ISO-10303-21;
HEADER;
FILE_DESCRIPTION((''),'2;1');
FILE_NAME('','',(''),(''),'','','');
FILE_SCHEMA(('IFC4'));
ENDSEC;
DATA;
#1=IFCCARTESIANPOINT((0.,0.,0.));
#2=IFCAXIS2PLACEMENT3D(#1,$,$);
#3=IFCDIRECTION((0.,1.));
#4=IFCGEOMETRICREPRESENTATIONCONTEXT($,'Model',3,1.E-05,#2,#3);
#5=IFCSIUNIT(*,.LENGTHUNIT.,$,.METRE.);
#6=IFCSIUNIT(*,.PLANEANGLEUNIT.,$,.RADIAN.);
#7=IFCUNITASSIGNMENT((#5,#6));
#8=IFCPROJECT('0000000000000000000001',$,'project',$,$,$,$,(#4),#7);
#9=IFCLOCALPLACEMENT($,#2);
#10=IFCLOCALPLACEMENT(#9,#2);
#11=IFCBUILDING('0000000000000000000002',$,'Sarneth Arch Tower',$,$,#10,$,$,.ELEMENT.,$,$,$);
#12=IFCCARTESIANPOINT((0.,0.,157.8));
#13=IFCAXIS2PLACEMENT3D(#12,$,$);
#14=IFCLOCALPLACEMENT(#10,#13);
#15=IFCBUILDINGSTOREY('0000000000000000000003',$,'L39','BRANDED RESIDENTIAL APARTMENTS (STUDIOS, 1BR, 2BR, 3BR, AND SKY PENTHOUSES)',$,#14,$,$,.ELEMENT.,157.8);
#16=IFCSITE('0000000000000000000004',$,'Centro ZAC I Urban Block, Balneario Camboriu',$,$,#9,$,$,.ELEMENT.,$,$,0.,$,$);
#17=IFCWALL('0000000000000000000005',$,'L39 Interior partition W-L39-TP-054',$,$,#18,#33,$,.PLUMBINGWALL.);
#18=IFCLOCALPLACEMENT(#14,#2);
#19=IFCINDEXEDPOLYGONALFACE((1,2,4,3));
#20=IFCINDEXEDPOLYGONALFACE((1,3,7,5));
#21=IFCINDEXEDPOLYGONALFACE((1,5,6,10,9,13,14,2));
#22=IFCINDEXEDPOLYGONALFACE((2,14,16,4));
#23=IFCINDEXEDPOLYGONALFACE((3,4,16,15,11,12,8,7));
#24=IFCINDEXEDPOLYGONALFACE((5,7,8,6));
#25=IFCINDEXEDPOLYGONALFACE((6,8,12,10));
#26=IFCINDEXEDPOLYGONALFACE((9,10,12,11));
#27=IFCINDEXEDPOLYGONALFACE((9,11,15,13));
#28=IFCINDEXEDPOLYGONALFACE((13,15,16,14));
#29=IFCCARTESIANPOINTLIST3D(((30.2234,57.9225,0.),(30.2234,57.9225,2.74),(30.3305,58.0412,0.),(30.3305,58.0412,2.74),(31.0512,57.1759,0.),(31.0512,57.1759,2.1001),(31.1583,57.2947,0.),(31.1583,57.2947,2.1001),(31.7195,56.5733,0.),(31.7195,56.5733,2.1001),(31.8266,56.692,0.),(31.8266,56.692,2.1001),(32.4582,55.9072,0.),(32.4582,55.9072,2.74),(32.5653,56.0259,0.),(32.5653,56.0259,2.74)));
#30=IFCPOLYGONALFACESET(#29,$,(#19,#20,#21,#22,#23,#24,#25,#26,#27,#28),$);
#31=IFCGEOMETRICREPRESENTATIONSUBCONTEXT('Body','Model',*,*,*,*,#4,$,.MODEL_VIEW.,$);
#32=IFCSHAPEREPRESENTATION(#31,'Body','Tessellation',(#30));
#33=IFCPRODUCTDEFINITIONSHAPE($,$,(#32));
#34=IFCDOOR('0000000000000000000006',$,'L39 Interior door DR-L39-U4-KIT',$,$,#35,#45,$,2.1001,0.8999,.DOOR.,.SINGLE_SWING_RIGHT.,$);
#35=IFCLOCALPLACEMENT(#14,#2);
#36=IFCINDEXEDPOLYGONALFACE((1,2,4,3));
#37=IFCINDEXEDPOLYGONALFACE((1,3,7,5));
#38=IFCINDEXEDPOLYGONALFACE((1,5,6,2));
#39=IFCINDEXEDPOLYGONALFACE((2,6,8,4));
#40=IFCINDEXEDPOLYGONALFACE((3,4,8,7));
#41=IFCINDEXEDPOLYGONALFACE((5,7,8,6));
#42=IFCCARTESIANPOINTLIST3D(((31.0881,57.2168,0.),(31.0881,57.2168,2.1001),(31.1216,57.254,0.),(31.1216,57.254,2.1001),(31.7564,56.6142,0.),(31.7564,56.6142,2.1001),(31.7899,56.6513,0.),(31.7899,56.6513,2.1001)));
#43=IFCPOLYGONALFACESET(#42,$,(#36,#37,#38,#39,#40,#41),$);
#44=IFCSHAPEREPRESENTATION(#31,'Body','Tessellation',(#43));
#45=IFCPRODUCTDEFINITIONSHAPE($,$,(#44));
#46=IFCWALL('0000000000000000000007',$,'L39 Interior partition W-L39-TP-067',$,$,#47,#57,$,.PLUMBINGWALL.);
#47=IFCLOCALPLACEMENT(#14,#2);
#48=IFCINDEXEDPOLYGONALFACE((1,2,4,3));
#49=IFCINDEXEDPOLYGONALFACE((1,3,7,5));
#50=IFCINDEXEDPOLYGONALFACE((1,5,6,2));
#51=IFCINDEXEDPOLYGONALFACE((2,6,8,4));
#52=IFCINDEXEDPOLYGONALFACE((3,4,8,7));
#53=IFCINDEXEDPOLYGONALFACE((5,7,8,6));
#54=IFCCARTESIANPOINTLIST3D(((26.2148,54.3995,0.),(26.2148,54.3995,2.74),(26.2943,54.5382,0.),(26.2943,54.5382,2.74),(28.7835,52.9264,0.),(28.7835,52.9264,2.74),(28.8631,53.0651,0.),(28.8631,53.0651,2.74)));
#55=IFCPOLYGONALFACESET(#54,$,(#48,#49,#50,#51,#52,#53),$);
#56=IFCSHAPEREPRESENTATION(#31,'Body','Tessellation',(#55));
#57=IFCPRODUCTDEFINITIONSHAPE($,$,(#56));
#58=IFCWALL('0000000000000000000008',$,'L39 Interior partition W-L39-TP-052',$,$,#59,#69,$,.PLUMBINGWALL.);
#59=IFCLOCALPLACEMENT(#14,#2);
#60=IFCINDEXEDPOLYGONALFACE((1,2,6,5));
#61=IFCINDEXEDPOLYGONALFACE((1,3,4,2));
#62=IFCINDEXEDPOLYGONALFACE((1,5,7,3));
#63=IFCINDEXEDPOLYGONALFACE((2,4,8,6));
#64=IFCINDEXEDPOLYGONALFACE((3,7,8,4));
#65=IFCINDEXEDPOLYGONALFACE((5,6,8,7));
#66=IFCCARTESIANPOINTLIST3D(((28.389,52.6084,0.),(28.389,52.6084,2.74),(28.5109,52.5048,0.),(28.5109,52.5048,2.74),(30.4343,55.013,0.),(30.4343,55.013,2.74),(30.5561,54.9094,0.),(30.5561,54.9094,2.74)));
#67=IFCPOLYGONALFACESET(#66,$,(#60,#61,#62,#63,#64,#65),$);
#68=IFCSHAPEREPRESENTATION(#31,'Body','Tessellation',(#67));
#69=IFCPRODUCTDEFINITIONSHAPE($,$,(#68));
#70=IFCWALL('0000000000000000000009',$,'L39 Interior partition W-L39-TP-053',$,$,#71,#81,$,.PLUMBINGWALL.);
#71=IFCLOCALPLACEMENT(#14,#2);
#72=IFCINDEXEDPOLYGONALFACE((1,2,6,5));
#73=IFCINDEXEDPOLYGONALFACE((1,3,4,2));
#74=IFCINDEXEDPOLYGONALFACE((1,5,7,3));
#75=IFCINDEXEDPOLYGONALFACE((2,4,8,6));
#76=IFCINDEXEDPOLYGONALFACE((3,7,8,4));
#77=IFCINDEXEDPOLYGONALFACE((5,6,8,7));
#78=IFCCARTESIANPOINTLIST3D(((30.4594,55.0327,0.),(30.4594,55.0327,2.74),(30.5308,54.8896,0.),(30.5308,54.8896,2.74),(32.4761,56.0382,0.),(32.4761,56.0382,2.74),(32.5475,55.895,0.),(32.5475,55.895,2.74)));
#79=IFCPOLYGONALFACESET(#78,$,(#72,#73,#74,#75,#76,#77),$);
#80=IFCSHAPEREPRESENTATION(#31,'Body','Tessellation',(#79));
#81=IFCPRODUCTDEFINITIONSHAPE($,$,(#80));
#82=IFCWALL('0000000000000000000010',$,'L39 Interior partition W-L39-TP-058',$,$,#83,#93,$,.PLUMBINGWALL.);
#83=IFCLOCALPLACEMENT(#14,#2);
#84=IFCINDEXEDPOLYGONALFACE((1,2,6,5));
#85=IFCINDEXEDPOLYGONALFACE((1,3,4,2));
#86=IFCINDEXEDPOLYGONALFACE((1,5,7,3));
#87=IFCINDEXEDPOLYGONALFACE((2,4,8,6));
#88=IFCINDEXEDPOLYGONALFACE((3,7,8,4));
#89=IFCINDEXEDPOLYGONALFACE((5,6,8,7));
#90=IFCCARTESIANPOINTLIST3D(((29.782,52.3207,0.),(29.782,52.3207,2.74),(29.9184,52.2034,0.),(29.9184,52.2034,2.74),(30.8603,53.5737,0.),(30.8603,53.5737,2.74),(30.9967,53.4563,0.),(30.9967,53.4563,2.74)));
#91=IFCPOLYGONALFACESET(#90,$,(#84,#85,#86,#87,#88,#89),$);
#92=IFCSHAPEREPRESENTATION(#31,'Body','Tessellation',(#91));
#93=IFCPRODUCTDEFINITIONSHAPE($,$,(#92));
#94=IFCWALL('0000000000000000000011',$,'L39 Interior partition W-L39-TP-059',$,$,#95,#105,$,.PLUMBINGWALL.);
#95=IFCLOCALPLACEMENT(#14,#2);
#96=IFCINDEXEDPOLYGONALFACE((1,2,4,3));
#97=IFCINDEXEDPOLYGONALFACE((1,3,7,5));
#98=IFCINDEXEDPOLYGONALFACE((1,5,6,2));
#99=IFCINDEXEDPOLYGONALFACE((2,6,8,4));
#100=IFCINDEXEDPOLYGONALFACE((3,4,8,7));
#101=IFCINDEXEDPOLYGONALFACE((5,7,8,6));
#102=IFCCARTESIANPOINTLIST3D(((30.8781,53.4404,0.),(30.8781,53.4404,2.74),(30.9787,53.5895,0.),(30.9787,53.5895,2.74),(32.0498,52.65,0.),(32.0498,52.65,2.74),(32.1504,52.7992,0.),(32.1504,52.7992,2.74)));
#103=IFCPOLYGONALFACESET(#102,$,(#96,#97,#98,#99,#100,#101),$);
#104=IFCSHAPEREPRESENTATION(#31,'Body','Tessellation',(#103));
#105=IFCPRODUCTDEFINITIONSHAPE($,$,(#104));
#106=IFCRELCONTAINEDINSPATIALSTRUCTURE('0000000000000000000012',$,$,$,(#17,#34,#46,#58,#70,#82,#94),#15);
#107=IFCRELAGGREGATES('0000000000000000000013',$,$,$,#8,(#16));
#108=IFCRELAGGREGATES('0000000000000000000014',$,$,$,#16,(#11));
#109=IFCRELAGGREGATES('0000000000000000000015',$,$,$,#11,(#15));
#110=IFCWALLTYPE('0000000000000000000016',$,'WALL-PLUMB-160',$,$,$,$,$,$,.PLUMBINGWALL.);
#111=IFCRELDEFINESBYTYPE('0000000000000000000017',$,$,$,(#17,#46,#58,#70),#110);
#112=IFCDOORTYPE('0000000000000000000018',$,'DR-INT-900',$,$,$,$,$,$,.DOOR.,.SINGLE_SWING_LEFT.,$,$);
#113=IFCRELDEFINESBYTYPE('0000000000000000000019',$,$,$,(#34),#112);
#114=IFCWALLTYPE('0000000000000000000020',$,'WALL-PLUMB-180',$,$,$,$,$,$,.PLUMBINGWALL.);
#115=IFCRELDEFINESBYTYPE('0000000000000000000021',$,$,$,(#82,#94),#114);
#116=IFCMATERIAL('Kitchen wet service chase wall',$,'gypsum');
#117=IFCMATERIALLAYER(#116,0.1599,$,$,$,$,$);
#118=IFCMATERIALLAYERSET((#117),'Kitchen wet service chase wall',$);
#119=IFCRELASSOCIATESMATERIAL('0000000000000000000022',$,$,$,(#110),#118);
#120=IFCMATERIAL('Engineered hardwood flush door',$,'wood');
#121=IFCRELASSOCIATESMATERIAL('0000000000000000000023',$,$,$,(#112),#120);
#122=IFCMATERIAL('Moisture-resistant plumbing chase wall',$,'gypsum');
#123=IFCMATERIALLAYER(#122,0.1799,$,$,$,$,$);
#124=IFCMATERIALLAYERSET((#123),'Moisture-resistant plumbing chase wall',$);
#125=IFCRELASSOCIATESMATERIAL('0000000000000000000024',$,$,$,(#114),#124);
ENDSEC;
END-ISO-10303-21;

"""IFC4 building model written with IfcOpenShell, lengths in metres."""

from ifc_helpers import new_model, si_unit, direction, frame, frame_2d, origin, place, context, subcontext, project, spatial, rectangle, extrude, material, layer, layer_set, type_object, element, fill, save


model = new_model("IFC4")

# Units and contexts
model_context = context("Model", 3, precision=1e-05, world=origin(), true_north=direction((0.0, 1.0)))
body_context = subcontext(model_context, "Body", "Model", "MODEL_VIEW")
ifc_project = project(units=[si_unit("LENGTHUNIT", "METRE"), si_unit("PLANEANGLEUNIT", "RADIAN")], contexts=[model_context])

# Site, building, storey
site_placement = place(None, origin())
site = spatial("IfcSite", under=ifc_project, at=site_placement, Name="Centro ZAC I Urban Block, Balneario Camboriu", CompositionType="ELEMENT", RefElevation=0.0)
building_placement = place(site_placement, origin())
building = spatial("IfcBuilding", under=site, at=building_placement, Name="Sarneth Arch Tower", CompositionType="ELEMENT")
storey_placement = place(building_placement, frame((0.0, 0.0, 157.8)))
storey = spatial("IfcBuildingStorey", under=building, at=storey_placement, Name="L39", Description="BRANDED RESIDENTIAL APARTMENTS (STUDIOS, 1BR, 2BR, 3BR, AND SKY PENTHOUSES)", CompositionType="ELEMENT", Elevation=157.8)

# Wall, opening, door
ifc_material_1 = material(Name="Kitchen wet service chase wall", Category="gypsum")
ifc_layer_1 = layer(ifc_material_1, 0.1599)
ifc_layer_set_1 = layer_set([ifc_layer_1], Name="Kitchen wet service chase wall")
wall_type_1 = type_object("IfcWallType", Name="WALL-PLUMB-160", PredefinedType="PLUMBINGWALL", material=ifc_layer_set_1)
wall_1_placement = place(storey_placement, frame((32.5117, 55.9666, 0.0), z_axis=(0.0, 0.0, 1.0), x_axis=(-0.742632, 0.669699, 0.0)))
wall_1 = element("IfcWall", 1, at=wall_1_placement, inside=storey, type_object=wall_type_1, Name="L39 Interior partition W-L39-TP-054", PredefinedType="PLUMBINGWALL", context=body_context, shape_type="SweptSolid", body=[
    extrude(rectangle(XDim=3.0093, YDim=0.1599, at=frame_2d((1.5046, 0.0))), origin(), (0.0, 0.0, 1.0), 2.74),
])
opening_1_placement = place(wall_1_placement, frame((0.9946, 0.0, 0.0)))
opening_1 = element("IfcOpeningElement", 2, at=opening_1_placement, cuts=wall_1, PredefinedType="OPENING", context=body_context, shape_type="SweptSolid", body=[
    extrude(rectangle(XDim=0.8999, YDim=2.1001, at=frame_2d((0.45, 1.05))), frame((0.0, 0.0898, 0.0), z_axis=(0.0, -1.0, 0.0), x_axis=(1.0, 0.0, 0.0)), (0.0, 0.0, 1.0), 0.1799),
])
ifc_material_2 = material(Name="Engineered hardwood flush door", Category="wood")
door_type_1 = type_object("IfcDoorType", Name="DR-INT-900", OperationType="SINGLE_SWING_LEFT", PredefinedType="DOOR", material=ifc_material_2)
door_1_placement = place(opening_1_placement, origin())
door_1 = element("IfcDoor", 3, at=door_1_placement, inside=storey, type_object=door_type_1, Name="L39 Interior door DR-L39-U4-KIT", OperationType="SINGLE_SWING_RIGHT", OverallHeight=2.1001, OverallWidth=0.8999, PredefinedType="DOOR", context=body_context, shape_type="SweptSolid", body=[
    extrude(rectangle(XDim=0.8999, YDim=2.1001, at=frame_2d((0.45, 1.05))), frame((0.0, 0.0249, 0.0), z_axis=(0.0, -1.0, 0.0), x_axis=(1.0, 0.0, 0.0)), (0.0, 0.0, 1.0), 0.05),
])
fill(opening_1, door_1)

# Walls
wall_2_placement = place(storey_placement, frame((26.2546, 54.4688, 0.0), z_axis=(0.0, 0.0, 1.0), x_axis=(0.867481, -0.49747, 0.0)))
element("IfcWall", 4, at=wall_2_placement, inside=storey, type_object=wall_type_1, Name="L39 Interior partition W-L39-TP-067", PredefinedType="PLUMBINGWALL", context=body_context, shape_type="SweptSolid", body=[
    extrude(rectangle(XDim=2.9612, YDim=0.1599, at=frame_2d((1.4805, 0.0))), origin(), (0.0, 0.0, 1.0), 2.74),
])
wall_3_placement = place(storey_placement, frame((28.45, 52.5566, 0.0), z_axis=(0.0, 0.0, 1.0), x_axis=(0.647889, 0.761735, 0.0)))
element("IfcWall", 5, at=wall_3_placement, inside=storey, type_object=wall_type_1, Name="L39 Interior partition W-L39-TP-052", PredefinedType="PLUMBINGWALL", context=body_context, shape_type="SweptSolid", body=[
    extrude(rectangle(XDim=3.1567, YDim=0.1599, at=frame_2d((1.5784, 0.0))), origin(), (0.0, 0.0, 1.0), 2.74),
])
wall_4_placement = place(storey_placement, frame((30.4951, 54.9612, 0.0), z_axis=(0.0, 0.0, 1.0), x_axis=(0.894947, 0.446173, 0.0)))
element("IfcWall", 6, at=wall_4_placement, inside=storey, type_object=wall_type_1, Name="L39 Interior partition W-L39-TP-053", PredefinedType="PLUMBINGWALL", context=body_context, shape_type="SweptSolid", body=[
    extrude(rectangle(XDim=2.2534, YDim=0.1599, at=frame_2d((1.1267, 0.0))), origin(), (0.0, 0.0, 1.0), 2.74),
])
ifc_material_3 = material(Name="Moisture-resistant plumbing chase wall", Category="gypsum")
ifc_layer_2 = layer(ifc_material_3, 0.1799)
ifc_layer_set_2 = layer_set([ifc_layer_2], Name="Moisture-resistant plumbing chase wall")
wall_type_2 = type_object("IfcWallType", Name="WALL-PLUMB-180", PredefinedType="PLUMBINGWALL", material=ifc_layer_set_2)
wall_5_placement = place(storey_placement, frame((29.8501, 52.262, 0.0), z_axis=(0.0, 0.0, 1.0), x_axis=(0.652335, 0.757931, 0.0)))
element("IfcWall", 7, at=wall_5_placement, inside=storey, type_object=wall_type_2, Name="L39 Interior partition W-L39-TP-058", PredefinedType="PLUMBINGWALL", context=body_context, shape_type="SweptSolid", body=[
    extrude(rectangle(XDim=1.6531, YDim=0.1799, at=frame_2d((0.8267, 0.0))), origin(), (0.0, 0.0, 1.0), 2.74),
])
wall_6_placement = place(storey_placement, frame((30.9285, 53.5149, 0.0), z_axis=(0.0, 0.0, 1.0), x_axis=(0.829035, -0.559197, 0.0)))
element("IfcWall", 8, at=wall_6_placement, inside=storey, type_object=wall_type_2, Name="L39 Interior partition W-L39-TP-059", PredefinedType="PLUMBINGWALL", context=body_context, shape_type="SweptSolid", body=[
    extrude(rectangle(XDim=1.4133, YDim=0.1799, at=frame_2d((0.7065, 0.0))), origin(), (0.0, 0.0, 1.0), 2.74),
])

save(model, "model.ifc")
